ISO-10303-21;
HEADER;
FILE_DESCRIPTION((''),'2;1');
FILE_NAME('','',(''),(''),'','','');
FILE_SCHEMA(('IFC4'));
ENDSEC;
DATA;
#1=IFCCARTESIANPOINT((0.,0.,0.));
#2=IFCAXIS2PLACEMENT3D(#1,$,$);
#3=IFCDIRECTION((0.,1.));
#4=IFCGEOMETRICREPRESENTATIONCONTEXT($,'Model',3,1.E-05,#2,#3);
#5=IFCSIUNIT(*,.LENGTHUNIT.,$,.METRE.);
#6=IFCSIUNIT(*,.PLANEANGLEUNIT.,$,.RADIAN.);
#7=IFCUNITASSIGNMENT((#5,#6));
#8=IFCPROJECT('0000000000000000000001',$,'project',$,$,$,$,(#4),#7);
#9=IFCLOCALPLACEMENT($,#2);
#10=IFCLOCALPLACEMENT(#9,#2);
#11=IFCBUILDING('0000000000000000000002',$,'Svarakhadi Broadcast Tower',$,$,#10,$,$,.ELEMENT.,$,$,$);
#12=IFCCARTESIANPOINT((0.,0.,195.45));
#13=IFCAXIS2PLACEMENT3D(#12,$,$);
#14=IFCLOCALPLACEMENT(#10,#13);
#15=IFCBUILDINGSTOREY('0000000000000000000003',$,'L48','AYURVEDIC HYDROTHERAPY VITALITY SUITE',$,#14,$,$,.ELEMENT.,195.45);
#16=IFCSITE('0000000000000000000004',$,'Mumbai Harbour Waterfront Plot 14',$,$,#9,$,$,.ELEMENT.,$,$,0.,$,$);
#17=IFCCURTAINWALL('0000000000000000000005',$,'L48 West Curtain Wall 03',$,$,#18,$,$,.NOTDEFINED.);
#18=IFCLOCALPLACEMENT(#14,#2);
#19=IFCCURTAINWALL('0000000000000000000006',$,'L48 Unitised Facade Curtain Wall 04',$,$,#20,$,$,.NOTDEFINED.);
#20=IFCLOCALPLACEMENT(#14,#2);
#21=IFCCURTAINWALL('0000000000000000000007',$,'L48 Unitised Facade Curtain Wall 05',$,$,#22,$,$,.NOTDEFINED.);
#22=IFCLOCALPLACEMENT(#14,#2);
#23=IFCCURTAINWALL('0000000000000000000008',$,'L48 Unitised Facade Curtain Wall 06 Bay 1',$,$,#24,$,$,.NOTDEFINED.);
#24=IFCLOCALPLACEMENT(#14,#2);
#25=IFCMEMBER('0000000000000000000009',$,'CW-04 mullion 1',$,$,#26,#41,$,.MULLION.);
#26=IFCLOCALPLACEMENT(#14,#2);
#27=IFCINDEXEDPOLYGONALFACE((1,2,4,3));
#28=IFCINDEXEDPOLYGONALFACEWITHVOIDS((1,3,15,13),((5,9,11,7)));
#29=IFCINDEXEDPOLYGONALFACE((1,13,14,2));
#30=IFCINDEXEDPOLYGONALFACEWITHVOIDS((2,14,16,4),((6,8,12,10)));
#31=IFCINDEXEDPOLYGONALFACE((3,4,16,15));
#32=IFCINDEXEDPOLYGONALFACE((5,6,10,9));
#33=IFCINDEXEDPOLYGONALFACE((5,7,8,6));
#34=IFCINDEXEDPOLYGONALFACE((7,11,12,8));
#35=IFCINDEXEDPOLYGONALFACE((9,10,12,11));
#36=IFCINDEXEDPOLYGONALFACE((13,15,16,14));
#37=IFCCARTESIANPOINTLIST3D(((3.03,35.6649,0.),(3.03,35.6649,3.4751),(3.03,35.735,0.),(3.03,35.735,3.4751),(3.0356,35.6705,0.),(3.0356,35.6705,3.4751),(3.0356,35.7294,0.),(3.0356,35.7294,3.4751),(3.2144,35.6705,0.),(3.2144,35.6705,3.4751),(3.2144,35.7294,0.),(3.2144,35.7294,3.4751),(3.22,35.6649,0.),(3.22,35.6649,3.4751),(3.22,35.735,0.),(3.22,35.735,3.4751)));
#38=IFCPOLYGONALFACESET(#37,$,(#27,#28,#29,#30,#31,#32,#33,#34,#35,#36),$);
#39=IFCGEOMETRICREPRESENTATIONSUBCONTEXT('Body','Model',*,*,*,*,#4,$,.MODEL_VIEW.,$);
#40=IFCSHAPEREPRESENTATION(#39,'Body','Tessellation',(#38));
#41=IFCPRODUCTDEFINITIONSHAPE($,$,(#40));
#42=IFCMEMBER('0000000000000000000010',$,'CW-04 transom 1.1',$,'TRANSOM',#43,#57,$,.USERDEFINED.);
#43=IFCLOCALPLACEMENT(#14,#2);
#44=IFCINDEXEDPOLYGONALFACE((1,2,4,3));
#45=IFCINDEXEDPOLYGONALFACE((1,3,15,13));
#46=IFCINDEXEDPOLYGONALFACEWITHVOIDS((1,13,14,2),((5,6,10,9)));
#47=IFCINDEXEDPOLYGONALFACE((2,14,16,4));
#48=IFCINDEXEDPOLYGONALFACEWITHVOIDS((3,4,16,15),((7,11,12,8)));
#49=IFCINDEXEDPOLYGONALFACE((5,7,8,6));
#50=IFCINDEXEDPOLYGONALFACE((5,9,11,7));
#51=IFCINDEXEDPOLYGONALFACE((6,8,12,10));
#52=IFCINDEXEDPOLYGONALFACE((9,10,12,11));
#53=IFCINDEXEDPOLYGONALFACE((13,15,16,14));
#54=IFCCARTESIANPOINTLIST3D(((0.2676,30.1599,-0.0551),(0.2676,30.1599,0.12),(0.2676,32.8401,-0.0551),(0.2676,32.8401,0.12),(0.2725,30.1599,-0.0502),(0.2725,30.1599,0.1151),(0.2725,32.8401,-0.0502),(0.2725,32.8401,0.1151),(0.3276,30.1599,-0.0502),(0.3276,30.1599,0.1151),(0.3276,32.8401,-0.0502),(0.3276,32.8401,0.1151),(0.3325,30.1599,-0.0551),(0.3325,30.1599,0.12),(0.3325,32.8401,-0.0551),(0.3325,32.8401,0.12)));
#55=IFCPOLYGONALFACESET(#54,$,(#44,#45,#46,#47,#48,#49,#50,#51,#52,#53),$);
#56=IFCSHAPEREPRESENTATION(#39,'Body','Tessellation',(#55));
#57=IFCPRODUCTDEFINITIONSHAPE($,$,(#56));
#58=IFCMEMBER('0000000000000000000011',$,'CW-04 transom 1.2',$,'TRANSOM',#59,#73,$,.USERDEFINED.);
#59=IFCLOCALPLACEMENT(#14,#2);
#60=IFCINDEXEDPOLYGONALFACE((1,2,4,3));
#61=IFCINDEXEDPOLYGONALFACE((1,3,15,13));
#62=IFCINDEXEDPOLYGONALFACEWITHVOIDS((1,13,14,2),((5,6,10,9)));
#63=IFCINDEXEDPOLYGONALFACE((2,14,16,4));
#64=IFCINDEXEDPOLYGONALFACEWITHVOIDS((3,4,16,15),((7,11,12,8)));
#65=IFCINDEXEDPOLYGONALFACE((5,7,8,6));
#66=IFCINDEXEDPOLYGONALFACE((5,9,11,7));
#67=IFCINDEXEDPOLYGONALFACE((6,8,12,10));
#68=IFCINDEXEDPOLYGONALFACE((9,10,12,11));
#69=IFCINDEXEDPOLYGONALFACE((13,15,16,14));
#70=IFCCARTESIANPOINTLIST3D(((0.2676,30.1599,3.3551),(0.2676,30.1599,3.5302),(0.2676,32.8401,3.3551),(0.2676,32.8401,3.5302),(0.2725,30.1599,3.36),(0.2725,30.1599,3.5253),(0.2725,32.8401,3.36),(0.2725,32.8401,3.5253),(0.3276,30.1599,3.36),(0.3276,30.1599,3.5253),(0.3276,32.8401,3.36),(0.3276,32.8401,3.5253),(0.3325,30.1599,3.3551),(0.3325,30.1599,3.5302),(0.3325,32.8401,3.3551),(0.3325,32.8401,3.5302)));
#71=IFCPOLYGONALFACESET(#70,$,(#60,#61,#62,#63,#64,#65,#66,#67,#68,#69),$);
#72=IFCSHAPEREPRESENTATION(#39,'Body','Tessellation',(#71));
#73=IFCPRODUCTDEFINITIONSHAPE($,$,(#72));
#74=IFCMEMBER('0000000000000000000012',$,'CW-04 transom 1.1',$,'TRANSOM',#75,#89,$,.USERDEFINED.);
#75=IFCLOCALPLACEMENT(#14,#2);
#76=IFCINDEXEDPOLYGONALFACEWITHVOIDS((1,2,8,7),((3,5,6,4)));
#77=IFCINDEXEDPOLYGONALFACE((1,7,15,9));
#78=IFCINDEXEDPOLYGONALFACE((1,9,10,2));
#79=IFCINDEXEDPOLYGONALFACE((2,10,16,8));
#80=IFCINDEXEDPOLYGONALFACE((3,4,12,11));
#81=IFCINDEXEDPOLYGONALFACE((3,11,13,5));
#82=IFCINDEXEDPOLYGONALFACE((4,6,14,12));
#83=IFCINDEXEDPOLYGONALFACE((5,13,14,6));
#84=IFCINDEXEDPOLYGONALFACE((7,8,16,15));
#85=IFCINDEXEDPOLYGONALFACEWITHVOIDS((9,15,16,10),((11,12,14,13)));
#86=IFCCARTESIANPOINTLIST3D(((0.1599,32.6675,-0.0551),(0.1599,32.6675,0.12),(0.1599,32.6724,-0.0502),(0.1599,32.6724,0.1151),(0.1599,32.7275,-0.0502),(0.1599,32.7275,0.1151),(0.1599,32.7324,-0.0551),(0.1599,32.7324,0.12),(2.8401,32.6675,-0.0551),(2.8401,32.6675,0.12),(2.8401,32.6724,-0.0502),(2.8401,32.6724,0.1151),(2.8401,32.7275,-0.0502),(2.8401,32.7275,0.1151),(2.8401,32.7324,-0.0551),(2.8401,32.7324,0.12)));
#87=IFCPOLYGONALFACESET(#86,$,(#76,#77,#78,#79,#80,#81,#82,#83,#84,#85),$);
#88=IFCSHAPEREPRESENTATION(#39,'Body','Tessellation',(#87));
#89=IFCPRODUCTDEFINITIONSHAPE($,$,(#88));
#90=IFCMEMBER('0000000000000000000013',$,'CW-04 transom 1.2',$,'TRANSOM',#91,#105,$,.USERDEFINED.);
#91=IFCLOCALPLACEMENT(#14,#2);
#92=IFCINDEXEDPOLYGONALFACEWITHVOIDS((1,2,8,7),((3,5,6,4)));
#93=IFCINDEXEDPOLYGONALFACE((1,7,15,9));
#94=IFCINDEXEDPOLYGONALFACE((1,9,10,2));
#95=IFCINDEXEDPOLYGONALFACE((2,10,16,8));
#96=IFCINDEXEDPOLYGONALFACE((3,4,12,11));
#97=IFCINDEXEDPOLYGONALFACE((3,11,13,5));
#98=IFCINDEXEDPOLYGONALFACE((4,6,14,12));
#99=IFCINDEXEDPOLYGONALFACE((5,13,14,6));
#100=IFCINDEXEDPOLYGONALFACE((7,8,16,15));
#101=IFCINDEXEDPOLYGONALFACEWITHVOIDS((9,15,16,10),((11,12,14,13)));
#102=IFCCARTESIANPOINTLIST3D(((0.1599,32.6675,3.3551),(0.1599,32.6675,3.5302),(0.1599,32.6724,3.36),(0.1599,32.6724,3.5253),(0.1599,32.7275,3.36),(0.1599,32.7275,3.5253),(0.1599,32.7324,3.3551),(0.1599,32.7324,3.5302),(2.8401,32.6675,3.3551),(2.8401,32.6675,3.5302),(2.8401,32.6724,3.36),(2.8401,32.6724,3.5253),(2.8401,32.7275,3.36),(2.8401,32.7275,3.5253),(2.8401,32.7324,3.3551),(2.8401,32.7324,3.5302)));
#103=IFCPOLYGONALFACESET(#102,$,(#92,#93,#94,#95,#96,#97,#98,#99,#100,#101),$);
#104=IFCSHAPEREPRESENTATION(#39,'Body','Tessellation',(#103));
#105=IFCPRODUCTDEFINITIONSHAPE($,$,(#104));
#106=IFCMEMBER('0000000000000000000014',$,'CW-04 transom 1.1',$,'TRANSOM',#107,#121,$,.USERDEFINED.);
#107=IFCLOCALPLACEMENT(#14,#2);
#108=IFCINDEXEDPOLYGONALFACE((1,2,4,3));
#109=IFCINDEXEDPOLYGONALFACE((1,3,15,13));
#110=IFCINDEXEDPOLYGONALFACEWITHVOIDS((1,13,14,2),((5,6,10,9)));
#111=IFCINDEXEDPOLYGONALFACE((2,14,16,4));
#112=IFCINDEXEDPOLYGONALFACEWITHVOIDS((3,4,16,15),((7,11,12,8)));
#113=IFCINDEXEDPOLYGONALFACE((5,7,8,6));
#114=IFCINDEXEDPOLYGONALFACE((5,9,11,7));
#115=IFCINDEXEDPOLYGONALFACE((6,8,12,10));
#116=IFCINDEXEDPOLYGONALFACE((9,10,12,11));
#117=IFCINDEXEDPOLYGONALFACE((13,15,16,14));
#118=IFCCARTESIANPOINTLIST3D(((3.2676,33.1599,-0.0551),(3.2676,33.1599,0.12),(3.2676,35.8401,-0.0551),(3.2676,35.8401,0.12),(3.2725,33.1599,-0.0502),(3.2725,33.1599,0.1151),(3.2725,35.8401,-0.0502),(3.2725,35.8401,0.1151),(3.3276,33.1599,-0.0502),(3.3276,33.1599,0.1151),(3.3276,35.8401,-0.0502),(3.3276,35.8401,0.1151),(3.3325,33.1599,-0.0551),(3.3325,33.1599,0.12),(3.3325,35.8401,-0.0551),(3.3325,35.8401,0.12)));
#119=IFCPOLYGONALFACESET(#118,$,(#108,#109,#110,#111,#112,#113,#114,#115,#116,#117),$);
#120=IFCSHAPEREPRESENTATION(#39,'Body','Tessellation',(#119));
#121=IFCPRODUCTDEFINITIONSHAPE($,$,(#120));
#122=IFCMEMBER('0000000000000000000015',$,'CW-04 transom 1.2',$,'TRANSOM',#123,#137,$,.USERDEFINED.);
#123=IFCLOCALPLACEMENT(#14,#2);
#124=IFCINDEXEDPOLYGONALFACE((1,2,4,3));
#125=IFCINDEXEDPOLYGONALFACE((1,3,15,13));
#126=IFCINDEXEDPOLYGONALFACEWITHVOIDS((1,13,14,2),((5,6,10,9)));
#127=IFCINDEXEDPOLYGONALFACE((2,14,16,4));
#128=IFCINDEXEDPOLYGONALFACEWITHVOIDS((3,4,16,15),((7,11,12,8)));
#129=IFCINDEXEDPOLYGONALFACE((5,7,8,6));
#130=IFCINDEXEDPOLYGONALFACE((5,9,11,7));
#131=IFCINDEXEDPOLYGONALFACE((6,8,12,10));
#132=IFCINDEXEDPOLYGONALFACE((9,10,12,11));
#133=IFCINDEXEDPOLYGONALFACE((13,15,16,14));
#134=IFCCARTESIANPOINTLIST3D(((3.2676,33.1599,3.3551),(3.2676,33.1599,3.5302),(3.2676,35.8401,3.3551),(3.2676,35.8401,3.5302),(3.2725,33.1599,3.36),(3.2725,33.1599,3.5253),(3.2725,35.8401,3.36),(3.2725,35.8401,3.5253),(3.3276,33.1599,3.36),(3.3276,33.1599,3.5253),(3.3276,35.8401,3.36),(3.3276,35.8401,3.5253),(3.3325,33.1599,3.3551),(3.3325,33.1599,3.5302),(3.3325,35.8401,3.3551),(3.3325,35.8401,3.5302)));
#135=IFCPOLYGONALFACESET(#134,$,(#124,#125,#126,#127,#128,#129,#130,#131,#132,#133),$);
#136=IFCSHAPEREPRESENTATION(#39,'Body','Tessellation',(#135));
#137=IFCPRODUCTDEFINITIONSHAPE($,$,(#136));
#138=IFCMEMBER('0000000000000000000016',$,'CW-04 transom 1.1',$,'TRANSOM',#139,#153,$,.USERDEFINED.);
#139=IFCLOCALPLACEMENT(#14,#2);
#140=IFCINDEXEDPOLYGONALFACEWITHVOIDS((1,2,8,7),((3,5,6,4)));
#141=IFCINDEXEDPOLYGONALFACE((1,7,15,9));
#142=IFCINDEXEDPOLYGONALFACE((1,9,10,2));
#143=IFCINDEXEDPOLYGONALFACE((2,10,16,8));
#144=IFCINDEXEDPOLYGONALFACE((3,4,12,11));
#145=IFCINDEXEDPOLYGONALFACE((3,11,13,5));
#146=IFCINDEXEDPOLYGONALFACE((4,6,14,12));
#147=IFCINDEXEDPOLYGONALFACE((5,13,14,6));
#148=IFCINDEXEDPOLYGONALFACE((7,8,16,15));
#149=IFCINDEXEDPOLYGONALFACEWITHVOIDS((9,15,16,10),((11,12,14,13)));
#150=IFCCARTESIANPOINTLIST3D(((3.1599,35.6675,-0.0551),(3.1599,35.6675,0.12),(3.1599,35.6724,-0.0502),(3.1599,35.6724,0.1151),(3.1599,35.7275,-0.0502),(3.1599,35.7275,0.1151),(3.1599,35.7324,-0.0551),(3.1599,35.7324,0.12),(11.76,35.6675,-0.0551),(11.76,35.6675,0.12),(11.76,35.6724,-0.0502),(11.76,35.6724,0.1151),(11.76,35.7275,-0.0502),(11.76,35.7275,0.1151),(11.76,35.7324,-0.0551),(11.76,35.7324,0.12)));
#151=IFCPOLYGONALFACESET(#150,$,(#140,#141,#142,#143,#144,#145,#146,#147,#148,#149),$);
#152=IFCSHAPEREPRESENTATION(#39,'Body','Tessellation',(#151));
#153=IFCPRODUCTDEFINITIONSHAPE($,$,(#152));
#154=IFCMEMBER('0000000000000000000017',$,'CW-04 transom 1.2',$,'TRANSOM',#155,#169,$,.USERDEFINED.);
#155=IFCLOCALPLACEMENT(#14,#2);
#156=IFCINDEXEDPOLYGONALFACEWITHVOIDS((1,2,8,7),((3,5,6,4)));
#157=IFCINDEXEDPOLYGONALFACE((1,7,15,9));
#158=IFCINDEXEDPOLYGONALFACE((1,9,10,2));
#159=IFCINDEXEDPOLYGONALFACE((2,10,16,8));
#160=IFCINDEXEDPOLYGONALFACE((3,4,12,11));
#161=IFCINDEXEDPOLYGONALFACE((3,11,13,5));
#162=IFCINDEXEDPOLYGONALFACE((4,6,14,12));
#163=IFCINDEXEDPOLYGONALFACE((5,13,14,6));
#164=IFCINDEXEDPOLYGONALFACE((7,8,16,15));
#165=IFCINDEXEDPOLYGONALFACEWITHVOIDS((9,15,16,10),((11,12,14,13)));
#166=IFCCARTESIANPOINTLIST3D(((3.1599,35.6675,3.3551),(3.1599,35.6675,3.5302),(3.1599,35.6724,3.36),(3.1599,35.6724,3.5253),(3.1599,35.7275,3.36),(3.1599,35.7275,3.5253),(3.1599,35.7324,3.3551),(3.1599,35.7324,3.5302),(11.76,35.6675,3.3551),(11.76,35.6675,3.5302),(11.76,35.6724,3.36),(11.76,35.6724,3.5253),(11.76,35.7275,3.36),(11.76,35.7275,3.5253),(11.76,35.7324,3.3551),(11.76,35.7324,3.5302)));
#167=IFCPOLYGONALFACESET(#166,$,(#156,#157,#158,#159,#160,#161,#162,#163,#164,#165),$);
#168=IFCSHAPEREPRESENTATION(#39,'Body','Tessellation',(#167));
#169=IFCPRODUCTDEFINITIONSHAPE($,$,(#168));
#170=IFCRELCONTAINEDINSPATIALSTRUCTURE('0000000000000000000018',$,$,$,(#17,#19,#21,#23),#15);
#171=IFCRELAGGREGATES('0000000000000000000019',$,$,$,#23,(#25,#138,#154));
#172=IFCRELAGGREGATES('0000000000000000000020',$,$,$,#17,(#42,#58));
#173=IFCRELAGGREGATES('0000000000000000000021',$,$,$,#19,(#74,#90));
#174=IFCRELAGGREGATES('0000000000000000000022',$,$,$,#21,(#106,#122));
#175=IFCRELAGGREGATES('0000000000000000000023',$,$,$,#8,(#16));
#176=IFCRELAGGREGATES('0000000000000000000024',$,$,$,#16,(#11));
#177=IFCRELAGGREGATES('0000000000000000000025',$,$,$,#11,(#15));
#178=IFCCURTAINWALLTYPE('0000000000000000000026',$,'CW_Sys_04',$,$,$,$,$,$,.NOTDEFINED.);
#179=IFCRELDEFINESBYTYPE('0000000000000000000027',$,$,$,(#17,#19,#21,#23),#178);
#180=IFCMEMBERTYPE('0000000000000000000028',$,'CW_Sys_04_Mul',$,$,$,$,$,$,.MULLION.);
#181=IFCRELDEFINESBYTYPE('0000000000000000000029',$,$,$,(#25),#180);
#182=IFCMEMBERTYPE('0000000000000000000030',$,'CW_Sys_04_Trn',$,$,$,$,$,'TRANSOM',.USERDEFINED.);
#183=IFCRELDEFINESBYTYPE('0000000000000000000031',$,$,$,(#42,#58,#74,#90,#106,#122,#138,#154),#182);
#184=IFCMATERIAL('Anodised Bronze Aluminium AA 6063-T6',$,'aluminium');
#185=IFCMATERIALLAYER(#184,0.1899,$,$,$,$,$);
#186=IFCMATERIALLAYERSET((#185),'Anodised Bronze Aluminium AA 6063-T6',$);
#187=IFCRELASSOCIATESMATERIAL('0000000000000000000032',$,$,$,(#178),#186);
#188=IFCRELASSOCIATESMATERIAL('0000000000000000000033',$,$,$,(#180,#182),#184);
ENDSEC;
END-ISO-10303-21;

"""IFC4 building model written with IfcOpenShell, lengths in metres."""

from ifc_helpers import new_model, si_unit, direction, frame, origin, origin_2d, place, context, subcontext, project, spatial, hollow_rectangle, extrude, material, layer, layer_set, material_profile, profile_set, type_object, element, aggregate, save


model = new_model("IFC4")

# Units and contexts
model_context = context("Model", 3, precision=1e-05, world=origin(), true_north=direction((0.0, 1.0)))
body_context = subcontext(model_context, "Body", "Model", "MODEL_VIEW")
ifc_project = project(units=[si_unit("LENGTHUNIT", "METRE"), si_unit("PLANEANGLEUNIT", "RADIAN")], contexts=[model_context])

# Site, building, storey
site_placement = place(None, origin())
site = spatial("IfcSite", under=ifc_project, at=site_placement, Name="Mumbai Harbour Waterfront Plot 14", CompositionType="ELEMENT", RefElevation=0.0)
building_placement = place(site_placement, origin())
building = spatial("IfcBuilding", under=site, at=building_placement, Name="Svarakhadi Broadcast Tower", CompositionType="ELEMENT")
storey_placement = place(building_placement, frame((0.0, 0.0, 195.45)))
storey = spatial("IfcBuildingStorey", under=building, at=storey_placement, Name="L48", Description="AYURVEDIC HYDROTHERAPY VITALITY SUITE", CompositionType="ELEMENT", Elevation=195.45)

# Curtain wall
ifc_material_1 = material(Name="Anodised Bronze Aluminium AA 6063-T6", Category="aluminium")
ifc_layer_1 = layer(ifc_material_1, 0.1899)
ifc_layer_set_1 = layer_set([ifc_layer_1], Name="Anodised Bronze Aluminium AA 6063-T6")
curtain_wall_type = type_object("IfcCurtainWallType", Name="CW_Sys_04", PredefinedType="NOTDEFINED", material=ifc_layer_set_1)
curtain_wall_1_placement = place(storey_placement, origin())
curtain_wall_1 = element("IfcCurtainWall", 1, at=curtain_wall_1_placement, inside=storey, type_object=curtain_wall_type, Name="L48 West Curtain Wall 03", PredefinedType="NOTDEFINED")
ifc_material_profile_1 = material_profile(ifc_material_1, hollow_rectangle(XDim=0.0701, YDim=0.1899, WallThickness=0.0056, at=origin_2d()), Name="ALU MULLION 190x70x6")
ifc_profile_set_1 = profile_set([ifc_material_profile_1], Name="Anodised Bronze Aluminium AA 6063-T6")
member_type_1 = type_object("IfcMemberType", Name="CW_Sys_04_Mul", PredefinedType="MULLION", material=ifc_profile_set_1)

# Curtain walls
curtain_wall_2_placement = place(storey_placement, origin())
curtain_wall_2 = element("IfcCurtainWall", 2, at=curtain_wall_2_placement, inside=storey, type_object=curtain_wall_type, Name="L48 Unitised Facade Curtain Wall 04", PredefinedType="NOTDEFINED")
curtain_wall_3_placement = place(storey_placement, origin())
curtain_wall_3 = element("IfcCurtainWall", 3, at=curtain_wall_3_placement, inside=storey, type_object=curtain_wall_type, Name="L48 Unitised Facade Curtain Wall 05", PredefinedType="NOTDEFINED")

# Curtain wall, member
curtain_wall_4_placement = place(storey_placement, origin())
curtain_wall_4 = element("IfcCurtainWall", 4, at=curtain_wall_4_placement, inside=storey, type_object=curtain_wall_type, Name="L48 Unitised Facade Curtain Wall 06 Bay 1", PredefinedType="NOTDEFINED")
member_1_placement = place(storey_placement, frame((3.125, 35.7, 0.0), z_axis=(0.0, 0.0, 1.0), x_axis=(0.0, 1.0, 0.0)))
member_1 = element("IfcMember", 5, at=member_1_placement, type_object=member_type_1, Name="CW-04 mullion 1", PredefinedType="MULLION", context=body_context, shape_type="SweptSolid", body=[
    extrude(hollow_rectangle(XDim=0.0701, YDim=0.1899, WallThickness=0.0056, at=origin_2d()), origin(), (0.0, 0.0, 1.0), 3.4751),
])

# Members
ifc_material_profile_2 = material_profile(ifc_material_1, hollow_rectangle(XDim=0.0649, YDim=0.175, WallThickness=0.0049, at=origin_2d()), Name="ALU TRANSOM 175x65x5")
ifc_profile_set_2 = profile_set([ifc_material_profile_2], Name="Anodised Bronze Aluminium AA 6063-T6")
member_type_2 = type_object("IfcMemberType", Name="CW_Sys_04_Trn", ElementType="TRANSOM", PredefinedType="USERDEFINED", material=ifc_profile_set_2)
member_2_placement = place(storey_placement, frame((0.3, 30.1599, 0.0325), z_axis=(0.0, 1.0, 0.0), x_axis=(-1.0, 0.0, 0.0)))
member_2 = element("IfcMember", 6, at=member_2_placement, type_object=member_type_2, Name="CW-04 transom 1.1", ObjectType="TRANSOM", PredefinedType="USERDEFINED", context=body_context, shape_type="SweptSolid", body=[
    extrude(hollow_rectangle(XDim=0.0649, YDim=0.175, WallThickness=0.0049, at=origin_2d()), origin(), (0.0, 0.0, 1.0), 2.6802),
])
member_3_placement = place(storey_placement, frame((0.3, 30.1599, 3.4426), z_axis=(0.0, 1.0, 0.0), x_axis=(-1.0, 0.0, 0.0)))
member_3 = element("IfcMember", 7, at=member_3_placement, type_object=member_type_2, Name="CW-04 transom 1.2", ObjectType="TRANSOM", PredefinedType="USERDEFINED", context=body_context, shape_type="SweptSolid", body=[
    extrude(hollow_rectangle(XDim=0.0649, YDim=0.175, WallThickness=0.0049, at=origin_2d()), origin(), (0.0, 0.0, 1.0), 2.6802),
])
member_4_placement = place(storey_placement, frame((0.1599, 32.7, 0.0325), z_axis=(1.0, 0.0, 0.0), x_axis=(0.0, 1.0, 0.0)))
member_4 = element("IfcMember", 8, at=member_4_placement, type_object=member_type_2, Name="CW-04 transom 1.1", ObjectType="TRANSOM", PredefinedType="USERDEFINED", context=body_context, shape_type="SweptSolid", body=[
    extrude(hollow_rectangle(XDim=0.0649, YDim=0.175, WallThickness=0.0049, at=origin_2d()), origin(), (0.0, 0.0, 1.0), 2.6802),
])
member_5_placement = place(storey_placement, frame((0.1599, 32.7, 3.4426), z_axis=(1.0, 0.0, 0.0), x_axis=(0.0, 1.0, 0.0)))
member_5 = element("IfcMember", 9, at=member_5_placement, type_object=member_type_2, Name="CW-04 transom 1.2", ObjectType="TRANSOM", PredefinedType="USERDEFINED", context=body_context, shape_type="SweptSolid", body=[
    extrude(hollow_rectangle(XDim=0.0649, YDim=0.175, WallThickness=0.0049, at=origin_2d()), origin(), (0.0, 0.0, 1.0), 2.6802),
])
member_6_placement = place(storey_placement, frame((3.3, 33.1599, 0.0325), z_axis=(0.0, 1.0, 0.0), x_axis=(-1.0, 0.0, 0.0)))
member_6 = element("IfcMember", 10, at=member_6_placement, type_object=member_type_2, Name="CW-04 transom 1.1", ObjectType="TRANSOM", PredefinedType="USERDEFINED", context=body_context, shape_type="SweptSolid", body=[
    extrude(hollow_rectangle(XDim=0.0649, YDim=0.175, WallThickness=0.0049, at=origin_2d()), origin(), (0.0, 0.0, 1.0), 2.6802),
])
member_7_placement = place(storey_placement, frame((3.3, 33.1599, 3.4426), z_axis=(0.0, 1.0, 0.0), x_axis=(-1.0, 0.0, 0.0)))
member_7 = element("IfcMember", 11, at=member_7_placement, type_object=member_type_2, Name="CW-04 transom 1.2", ObjectType="TRANSOM", PredefinedType="USERDEFINED", context=body_context, shape_type="SweptSolid", body=[
    extrude(hollow_rectangle(XDim=0.0649, YDim=0.175, WallThickness=0.0049, at=origin_2d()), origin(), (0.0, 0.0, 1.0), 2.6802),
])
member_8_placement = place(storey_placement, frame((3.1599, 35.7, 0.0325), z_axis=(1.0, 0.0, 0.0), x_axis=(0.0, 1.0, 0.0)))
member_8 = element("IfcMember", 12, at=member_8_placement, type_object=member_type_2, Name="CW-04 transom 1.1", ObjectType="TRANSOM", PredefinedType="USERDEFINED", context=body_context, shape_type="SweptSolid", body=[
    extrude(hollow_rectangle(XDim=0.0649, YDim=0.175, WallThickness=0.0049, at=origin_2d()), origin(), (0.0, 0.0, 1.0), 8.6001),
])
member_9_placement = place(storey_placement, frame((3.1599, 35.7, 3.4426), z_axis=(1.0, 0.0, 0.0), x_axis=(0.0, 1.0, 0.0)))
member_9 = element("IfcMember", 13, at=member_9_placement, type_object=member_type_2, Name="CW-04 transom 1.2", ObjectType="TRANSOM", PredefinedType="USERDEFINED", context=body_context, shape_type="SweptSolid", body=[
    extrude(hollow_rectangle(XDim=0.0649, YDim=0.175, WallThickness=0.0049, at=origin_2d()), origin(), (0.0, 0.0, 1.0), 8.6001),
])
aggregate(curtain_wall_4, [member_1, member_8, member_9])

aggregate(curtain_wall_1, [member_2, member_3])
aggregate(curtain_wall_2, [member_4, member_5])
aggregate(curtain_wall_3, [member_6, member_7])

save(model, "model.ifc")
